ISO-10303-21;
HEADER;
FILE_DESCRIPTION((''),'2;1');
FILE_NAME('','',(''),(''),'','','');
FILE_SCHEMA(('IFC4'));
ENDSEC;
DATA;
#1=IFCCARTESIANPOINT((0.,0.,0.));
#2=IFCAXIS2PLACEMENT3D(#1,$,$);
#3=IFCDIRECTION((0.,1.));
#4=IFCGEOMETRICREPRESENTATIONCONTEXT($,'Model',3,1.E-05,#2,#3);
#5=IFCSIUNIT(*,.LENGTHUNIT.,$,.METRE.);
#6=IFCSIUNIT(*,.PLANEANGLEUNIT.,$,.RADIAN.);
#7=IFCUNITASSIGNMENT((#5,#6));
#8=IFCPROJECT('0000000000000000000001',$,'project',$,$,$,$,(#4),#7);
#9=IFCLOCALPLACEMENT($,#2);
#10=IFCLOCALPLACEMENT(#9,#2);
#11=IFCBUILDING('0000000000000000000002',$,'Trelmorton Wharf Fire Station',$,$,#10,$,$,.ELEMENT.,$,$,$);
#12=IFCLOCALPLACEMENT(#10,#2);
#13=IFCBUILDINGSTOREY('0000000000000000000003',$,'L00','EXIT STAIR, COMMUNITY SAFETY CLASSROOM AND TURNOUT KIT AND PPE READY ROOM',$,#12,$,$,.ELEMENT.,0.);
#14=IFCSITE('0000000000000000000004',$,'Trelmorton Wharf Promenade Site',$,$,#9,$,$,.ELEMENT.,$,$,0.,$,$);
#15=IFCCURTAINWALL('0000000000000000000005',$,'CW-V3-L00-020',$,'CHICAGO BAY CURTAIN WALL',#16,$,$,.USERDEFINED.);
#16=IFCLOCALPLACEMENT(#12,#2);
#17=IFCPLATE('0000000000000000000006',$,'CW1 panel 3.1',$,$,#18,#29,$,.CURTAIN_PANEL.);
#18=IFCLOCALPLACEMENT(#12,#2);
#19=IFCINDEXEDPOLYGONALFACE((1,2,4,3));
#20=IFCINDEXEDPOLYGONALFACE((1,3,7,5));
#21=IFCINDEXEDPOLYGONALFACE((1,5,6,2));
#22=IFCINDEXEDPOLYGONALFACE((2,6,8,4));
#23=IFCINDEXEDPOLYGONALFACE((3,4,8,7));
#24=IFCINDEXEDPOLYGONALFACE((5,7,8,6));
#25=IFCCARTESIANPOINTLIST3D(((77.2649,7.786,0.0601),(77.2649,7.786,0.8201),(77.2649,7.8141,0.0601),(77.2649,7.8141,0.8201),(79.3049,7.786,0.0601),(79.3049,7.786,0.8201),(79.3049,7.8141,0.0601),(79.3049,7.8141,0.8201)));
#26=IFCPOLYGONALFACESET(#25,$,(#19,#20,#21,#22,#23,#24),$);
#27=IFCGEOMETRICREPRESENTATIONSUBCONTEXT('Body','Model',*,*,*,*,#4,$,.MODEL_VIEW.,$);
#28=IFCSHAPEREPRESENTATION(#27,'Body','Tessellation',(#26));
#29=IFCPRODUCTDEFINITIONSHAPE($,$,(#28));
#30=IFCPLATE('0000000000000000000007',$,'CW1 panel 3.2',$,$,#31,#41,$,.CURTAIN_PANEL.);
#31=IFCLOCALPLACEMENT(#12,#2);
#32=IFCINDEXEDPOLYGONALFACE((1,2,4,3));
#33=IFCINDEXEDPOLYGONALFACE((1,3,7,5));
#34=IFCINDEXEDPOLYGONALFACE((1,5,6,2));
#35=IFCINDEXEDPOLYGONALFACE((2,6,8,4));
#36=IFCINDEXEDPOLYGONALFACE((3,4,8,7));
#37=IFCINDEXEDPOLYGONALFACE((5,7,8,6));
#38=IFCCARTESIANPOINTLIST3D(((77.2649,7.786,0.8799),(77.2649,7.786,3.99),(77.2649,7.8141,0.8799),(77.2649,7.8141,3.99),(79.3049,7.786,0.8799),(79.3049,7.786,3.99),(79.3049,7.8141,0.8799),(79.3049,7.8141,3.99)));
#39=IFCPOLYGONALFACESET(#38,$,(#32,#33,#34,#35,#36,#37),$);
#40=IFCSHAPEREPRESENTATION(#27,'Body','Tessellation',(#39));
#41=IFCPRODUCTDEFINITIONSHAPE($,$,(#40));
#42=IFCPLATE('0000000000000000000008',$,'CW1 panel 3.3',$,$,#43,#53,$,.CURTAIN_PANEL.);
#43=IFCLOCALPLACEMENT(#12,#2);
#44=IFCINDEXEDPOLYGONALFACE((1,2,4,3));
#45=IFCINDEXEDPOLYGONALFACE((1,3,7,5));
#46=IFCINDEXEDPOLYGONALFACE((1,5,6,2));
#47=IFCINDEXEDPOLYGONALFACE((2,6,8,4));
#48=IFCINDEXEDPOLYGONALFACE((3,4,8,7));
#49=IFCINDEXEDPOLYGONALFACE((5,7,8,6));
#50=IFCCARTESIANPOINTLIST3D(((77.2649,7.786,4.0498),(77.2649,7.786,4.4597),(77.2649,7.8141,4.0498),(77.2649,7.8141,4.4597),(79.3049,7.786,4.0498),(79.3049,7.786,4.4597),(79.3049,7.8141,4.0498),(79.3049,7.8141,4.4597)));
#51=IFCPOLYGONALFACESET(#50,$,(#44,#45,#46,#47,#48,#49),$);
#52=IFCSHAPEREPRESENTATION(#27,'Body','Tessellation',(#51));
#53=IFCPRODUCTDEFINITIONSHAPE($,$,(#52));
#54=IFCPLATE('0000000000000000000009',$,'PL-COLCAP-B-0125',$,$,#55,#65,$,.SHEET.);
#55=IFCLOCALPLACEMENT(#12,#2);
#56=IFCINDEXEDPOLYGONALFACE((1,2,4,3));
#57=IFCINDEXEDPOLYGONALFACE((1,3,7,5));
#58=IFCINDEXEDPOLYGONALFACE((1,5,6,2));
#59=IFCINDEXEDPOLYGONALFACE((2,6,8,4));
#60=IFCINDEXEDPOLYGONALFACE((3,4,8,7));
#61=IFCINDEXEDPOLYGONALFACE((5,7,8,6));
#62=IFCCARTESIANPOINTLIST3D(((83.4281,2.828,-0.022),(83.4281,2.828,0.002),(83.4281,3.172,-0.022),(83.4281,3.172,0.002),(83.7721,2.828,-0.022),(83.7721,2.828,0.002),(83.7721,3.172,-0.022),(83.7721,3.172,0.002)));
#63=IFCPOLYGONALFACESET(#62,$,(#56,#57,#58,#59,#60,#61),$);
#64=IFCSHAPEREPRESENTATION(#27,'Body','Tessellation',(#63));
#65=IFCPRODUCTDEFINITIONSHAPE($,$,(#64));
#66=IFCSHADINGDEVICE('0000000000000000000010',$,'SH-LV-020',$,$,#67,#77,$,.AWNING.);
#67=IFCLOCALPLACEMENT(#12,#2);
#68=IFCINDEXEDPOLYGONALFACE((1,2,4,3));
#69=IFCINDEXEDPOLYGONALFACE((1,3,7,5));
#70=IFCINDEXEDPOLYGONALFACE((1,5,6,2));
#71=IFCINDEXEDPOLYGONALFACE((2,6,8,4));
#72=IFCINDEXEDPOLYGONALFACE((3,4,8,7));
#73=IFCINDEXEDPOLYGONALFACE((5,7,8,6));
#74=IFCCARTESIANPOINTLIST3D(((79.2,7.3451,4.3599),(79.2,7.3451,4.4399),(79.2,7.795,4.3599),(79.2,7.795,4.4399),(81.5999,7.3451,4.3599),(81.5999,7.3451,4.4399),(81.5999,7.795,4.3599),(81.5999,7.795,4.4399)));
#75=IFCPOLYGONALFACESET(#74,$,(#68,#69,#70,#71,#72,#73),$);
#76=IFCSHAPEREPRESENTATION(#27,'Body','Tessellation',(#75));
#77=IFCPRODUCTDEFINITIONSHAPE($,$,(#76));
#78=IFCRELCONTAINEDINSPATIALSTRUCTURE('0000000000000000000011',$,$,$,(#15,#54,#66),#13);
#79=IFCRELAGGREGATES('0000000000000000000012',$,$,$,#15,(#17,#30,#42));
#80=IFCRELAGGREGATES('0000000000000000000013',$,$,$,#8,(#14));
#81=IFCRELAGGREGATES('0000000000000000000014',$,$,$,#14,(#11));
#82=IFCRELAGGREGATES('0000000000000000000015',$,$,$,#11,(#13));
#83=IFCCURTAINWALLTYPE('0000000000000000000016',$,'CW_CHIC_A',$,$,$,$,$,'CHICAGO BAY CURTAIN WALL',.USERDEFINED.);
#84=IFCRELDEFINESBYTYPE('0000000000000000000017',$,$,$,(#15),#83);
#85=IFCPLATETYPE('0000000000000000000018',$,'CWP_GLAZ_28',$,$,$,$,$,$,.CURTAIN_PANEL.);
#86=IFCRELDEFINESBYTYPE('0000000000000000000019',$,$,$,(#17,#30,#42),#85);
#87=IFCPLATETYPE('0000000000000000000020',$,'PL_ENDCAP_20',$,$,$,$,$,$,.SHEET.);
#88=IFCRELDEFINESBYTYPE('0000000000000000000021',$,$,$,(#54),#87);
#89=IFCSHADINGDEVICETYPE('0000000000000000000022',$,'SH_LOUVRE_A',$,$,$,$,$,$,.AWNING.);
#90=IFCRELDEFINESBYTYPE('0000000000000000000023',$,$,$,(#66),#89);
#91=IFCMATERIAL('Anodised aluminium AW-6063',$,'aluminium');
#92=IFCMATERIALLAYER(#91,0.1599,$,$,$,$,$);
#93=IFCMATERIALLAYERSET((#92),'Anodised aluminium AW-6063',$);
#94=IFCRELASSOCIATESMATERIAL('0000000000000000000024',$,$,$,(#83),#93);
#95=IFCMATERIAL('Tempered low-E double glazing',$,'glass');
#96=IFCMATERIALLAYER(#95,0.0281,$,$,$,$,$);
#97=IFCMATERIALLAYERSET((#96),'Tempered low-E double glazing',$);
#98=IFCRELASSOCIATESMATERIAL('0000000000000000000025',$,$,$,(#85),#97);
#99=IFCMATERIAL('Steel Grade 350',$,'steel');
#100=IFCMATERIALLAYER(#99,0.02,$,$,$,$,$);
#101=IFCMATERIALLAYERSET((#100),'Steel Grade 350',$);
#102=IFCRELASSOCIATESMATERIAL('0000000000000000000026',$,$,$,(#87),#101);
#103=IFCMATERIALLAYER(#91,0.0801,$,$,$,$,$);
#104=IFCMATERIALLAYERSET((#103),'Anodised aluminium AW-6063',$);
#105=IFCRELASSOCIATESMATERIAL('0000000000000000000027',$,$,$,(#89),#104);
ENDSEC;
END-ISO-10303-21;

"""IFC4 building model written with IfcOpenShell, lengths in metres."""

from ifc_helpers import new_model, si_unit, direction, frame, origin, origin_2d, place, context, subcontext, project, spatial, rectangle, extrude, material, layer, layer_set, type_object, element, aggregate, save


model = new_model("IFC4")

# Units and contexts
model_context = context("Model", 3, precision=1e-05, world=origin(), true_north=direction((0.0, 1.0)))
body_context = subcontext(model_context, "Body", "Model", "MODEL_VIEW")
ifc_project = project(units=[si_unit("LENGTHUNIT", "METRE"), si_unit("PLANEANGLEUNIT", "RADIAN")], contexts=[model_context])

# Site, building, storey
site_placement = place(None, origin())
site = spatial("IfcSite", under=ifc_project, at=site_placement, Name="Trelmorton Wharf Promenade Site", CompositionType="ELEMENT", RefElevation=0.0)
building_placement = place(site_placement, origin())
building = spatial("IfcBuilding", under=site, at=building_placement, Name="Trelmorton Wharf Fire Station", CompositionType="ELEMENT")
storey_placement = place(building_placement, origin())
storey = spatial("IfcBuildingStorey", under=building, at=storey_placement, Name="L00", Description="EXIT STAIR, COMMUNITY SAFETY CLASSROOM AND TURNOUT KIT AND PPE READY ROOM", CompositionType="ELEMENT", Elevation=0.0)

# Shared definitions
ifc_material_1 = material(Name="Steel Grade 350", Category="steel")

# Curtain wall, plates
ifc_material_2 = material(Name="Anodised aluminium AW-6063", Category="aluminium")
ifc_layer_1 = layer(ifc_material_2, 0.1599)
ifc_layer_set_1 = layer_set([ifc_layer_1], Name="Anodised aluminium AW-6063")
curtain_wall_type = type_object("IfcCurtainWallType", Name="CW_CHIC_A", ElementType="CHICAGO BAY CURTAIN WALL", PredefinedType="USERDEFINED", material=ifc_layer_set_1)
curtain_wall_placement = place(storey_placement, origin())
curtain_wall = element("IfcCurtainWall", 1, at=curtain_wall_placement, inside=storey, type_object=curtain_wall_type, Name="CW-V3-L00-020", ObjectType="CHICAGO BAY CURTAIN WALL", PredefinedType="USERDEFINED")
ifc_material_3 = material(Name="Tempered low-E double glazing", Category="glass")
ifc_layer_2 = layer(ifc_material_3, 0.0281)
ifc_layer_set_2 = layer_set([ifc_layer_2], Name="Tempered low-E double glazing")
plate_type_1 = type_object("IfcPlateType", Name="CWP_GLAZ_28", PredefinedType="CURTAIN_PANEL", material=ifc_layer_set_2)
plate_1_placement = place(storey_placement, frame((78.2849, 7.8, 0.0601), z_axis=(0.0, 0.0, 1.0), x_axis=(-1.0, 0.0, 0.0)))
plate_1 = element("IfcPlate", 2, at=plate_1_placement, type_object=plate_type_1, Name="CW1 panel 3.1", PredefinedType="CURTAIN_PANEL", context=body_context, shape_type="SweptSolid", body=[
    extrude(rectangle(XDim=2.04, YDim=0.0281, at=origin_2d()), origin(), (0.0, 0.0, 1.0), 0.76),
])
plate_2_placement = place(storey_placement, frame((78.2849, 7.8, 0.8799), z_axis=(0.0, 0.0, 1.0), x_axis=(-1.0, 0.0, 0.0)))
plate_2 = element("IfcPlate", 3, at=plate_2_placement, type_object=plate_type_1, Name="CW1 panel 3.2", PredefinedType="CURTAIN_PANEL", context=body_context, shape_type="SweptSolid", body=[
    extrude(rectangle(XDim=2.04, YDim=0.0281, at=origin_2d()), origin(), (0.0, 0.0, 1.0), 3.1101),
])
plate_3_placement = place(storey_placement, frame((78.2849, 7.8, 4.0498), z_axis=(0.0, 0.0, 1.0), x_axis=(-1.0, 0.0, 0.0)))
plate_3 = element("IfcPlate", 4, at=plate_3_placement, type_object=plate_type_1, Name="CW1 panel 3.3", PredefinedType="CURTAIN_PANEL", context=body_context, shape_type="SweptSolid", body=[
    extrude(rectangle(XDim=2.04, YDim=0.0281, at=origin_2d()), origin(), (0.0, 0.0, 1.0), 0.4099),
])
aggregate(curtain_wall, [plate_1, plate_2, plate_3])

# Plate
ifc_layer_3 = layer(ifc_material_1, 0.02)
ifc_layer_set_3 = layer_set([ifc_layer_3], Name="Steel Grade 350")
plate_type_2 = type_object("IfcPlateType", Name="PL_ENDCAP_20", PredefinedType="SHEET", material=ifc_layer_set_3)
plate_4_placement = place(storey_placement, frame((83.6001, 3.0, -0.022), z_axis=(0.0, 0.0, 1.0), x_axis=(1.0, 0.0, 0.0)))
element("IfcPlate", 5, at=plate_4_placement, inside=storey, type_object=plate_type_2, Name="PL-COLCAP-B-0125", PredefinedType="SHEET", context=body_context, shape_type="SweptSolid", body=[
    extrude(rectangle(XDim=0.344, YDim=0.344, at=origin_2d()), origin(), (0.0, 0.0, 1.0), 0.0239),
])

# Shading device
ifc_layer_4 = layer(ifc_material_2, 0.0801)
ifc_layer_set_4 = layer_set([ifc_layer_4], Name="Anodised aluminium AW-6063")
shading_device_type = type_object("IfcShadingDeviceType", Name="SH_LOUVRE_A", PredefinedType="AWNING", material=ifc_layer_set_4)
shading_device_placement = place(storey_placement, frame((80.3999, 7.5701, 4.3599), z_axis=(0.0, 0.0, 1.0), x_axis=(-1.0, 0.0, 0.0)))
element("IfcShadingDevice", 6, at=shading_device_placement, inside=storey, type_object=shading_device_type, Name="SH-LV-020", PredefinedType="AWNING", context=body_context, shape_type="SweptSolid", body=[
    extrude(rectangle(XDim=2.3999, YDim=0.45, at=origin_2d()), origin(), (0.0, 0.0, 1.0), 0.0801),
])

save(model, "model.ifc")
